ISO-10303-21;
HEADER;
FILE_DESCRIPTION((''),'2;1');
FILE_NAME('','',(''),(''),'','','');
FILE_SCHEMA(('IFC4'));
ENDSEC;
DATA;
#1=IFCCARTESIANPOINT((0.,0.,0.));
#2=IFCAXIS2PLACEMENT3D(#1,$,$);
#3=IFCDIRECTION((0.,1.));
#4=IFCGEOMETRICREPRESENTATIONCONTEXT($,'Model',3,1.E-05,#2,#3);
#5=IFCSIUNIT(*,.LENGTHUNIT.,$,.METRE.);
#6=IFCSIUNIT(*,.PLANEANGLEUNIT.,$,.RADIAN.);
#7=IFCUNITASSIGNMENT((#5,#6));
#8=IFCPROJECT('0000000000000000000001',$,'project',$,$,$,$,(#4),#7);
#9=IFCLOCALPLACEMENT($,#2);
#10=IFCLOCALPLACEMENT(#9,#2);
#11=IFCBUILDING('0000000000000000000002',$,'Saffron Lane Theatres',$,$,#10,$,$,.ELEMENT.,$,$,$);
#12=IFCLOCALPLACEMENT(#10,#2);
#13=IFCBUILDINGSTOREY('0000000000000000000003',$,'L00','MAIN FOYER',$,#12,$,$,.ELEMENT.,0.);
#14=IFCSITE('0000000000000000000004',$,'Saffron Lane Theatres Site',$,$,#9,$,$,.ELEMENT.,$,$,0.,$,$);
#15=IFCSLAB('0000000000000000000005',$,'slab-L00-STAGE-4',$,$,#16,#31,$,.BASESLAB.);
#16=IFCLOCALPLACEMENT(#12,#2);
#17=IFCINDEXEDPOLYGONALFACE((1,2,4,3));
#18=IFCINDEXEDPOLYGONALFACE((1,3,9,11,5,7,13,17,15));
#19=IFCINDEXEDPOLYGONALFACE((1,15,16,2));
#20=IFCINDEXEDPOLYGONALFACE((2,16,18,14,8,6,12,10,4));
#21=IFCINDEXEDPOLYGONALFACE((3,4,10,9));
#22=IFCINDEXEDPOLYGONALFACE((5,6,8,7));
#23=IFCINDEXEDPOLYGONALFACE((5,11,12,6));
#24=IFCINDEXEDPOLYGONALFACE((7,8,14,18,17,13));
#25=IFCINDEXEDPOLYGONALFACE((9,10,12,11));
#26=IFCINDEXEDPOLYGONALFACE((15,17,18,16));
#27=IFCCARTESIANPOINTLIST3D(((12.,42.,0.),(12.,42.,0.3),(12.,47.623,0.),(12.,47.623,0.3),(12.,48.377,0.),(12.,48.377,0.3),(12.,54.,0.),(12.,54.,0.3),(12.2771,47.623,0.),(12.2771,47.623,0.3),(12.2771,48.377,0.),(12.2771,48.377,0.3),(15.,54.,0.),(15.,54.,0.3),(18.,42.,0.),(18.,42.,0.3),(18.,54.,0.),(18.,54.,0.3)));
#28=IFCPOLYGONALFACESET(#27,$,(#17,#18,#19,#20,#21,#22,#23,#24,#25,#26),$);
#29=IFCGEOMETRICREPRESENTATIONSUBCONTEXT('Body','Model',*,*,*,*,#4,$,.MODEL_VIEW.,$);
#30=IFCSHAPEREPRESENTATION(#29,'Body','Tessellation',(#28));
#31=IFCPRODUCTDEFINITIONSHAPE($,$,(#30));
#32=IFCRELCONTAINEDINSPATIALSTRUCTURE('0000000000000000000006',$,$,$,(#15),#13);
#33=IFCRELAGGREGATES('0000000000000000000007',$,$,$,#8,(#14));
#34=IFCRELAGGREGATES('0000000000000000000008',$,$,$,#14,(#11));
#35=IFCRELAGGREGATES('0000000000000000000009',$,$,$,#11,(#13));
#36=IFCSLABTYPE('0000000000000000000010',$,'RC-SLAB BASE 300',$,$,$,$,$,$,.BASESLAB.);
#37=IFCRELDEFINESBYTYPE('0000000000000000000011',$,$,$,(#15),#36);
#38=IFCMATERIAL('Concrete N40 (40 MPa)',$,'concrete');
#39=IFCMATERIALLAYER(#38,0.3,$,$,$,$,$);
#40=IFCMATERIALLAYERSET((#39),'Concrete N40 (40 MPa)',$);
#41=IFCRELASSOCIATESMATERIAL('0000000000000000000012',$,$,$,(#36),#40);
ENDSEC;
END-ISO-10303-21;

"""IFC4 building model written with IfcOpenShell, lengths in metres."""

from ifc_helpers import new_model, si_unit, direction, origin, place, context, subcontext, project, spatial, polyline, outline, extrude, material, layer, layer_set, type_object, element, save


model = new_model("IFC4")

# Units and contexts
model_context = context("Model", 3, precision=1e-05, world=origin(), true_north=direction((0.0, 1.0)))
body_context = subcontext(model_context, "Body", "Model", "MODEL_VIEW")
ifc_project = project(units=[si_unit("LENGTHUNIT", "METRE"), si_unit("PLANEANGLEUNIT", "RADIAN")], contexts=[model_context])

# Site, building, storey
site_placement = place(None, origin())
site = spatial("IfcSite", under=ifc_project, at=site_placement, Name="Saffron Lane Theatres Site", CompositionType="ELEMENT", RefElevation=0.0)
building_placement = place(site_placement, origin())
building = spatial("IfcBuilding", under=site, at=building_placement, Name="Saffron Lane Theatres", CompositionType="ELEMENT")
storey_placement = place(building_placement, origin())
storey = spatial("IfcBuildingStorey", under=building, at=storey_placement, Name="L00", Description="MAIN FOYER", CompositionType="ELEMENT", Elevation=0.0)

# Slab
ifc_material_1 = material(Name="Concrete N40 (40 MPa)", Category="concrete")
ifc_layer = layer(ifc_material_1, 0.3)
ifc_layer_set = layer_set([ifc_layer], Name="Concrete N40 (40 MPa)")
slab_type = type_object("IfcSlabType", Name="RC-SLAB BASE 300", PredefinedType="BASESLAB", material=ifc_layer_set)
slab_1_placement = place(storey_placement, origin())
element("IfcSlab", 1, at=slab_1_placement, inside=storey, type_object=slab_type, Name="slab-L00-STAGE-4", PredefinedType="BASESLAB", context=body_context, shape_type="SweptSolid", body=[
    extrude(outline(polyline([(18.0, 42.0), (18.0, 54.0), (15.0, 54.0), (12.0, 54.0), (12.0, 48.377), (12.2771, 48.377), (12.2771, 47.623), (12.0, 47.623), (12.0, 42.0), (18.0, 42.0)])), origin(), (0.0, 0.0, 1.0), 0.3),
])

save(model, "model.ifc")
